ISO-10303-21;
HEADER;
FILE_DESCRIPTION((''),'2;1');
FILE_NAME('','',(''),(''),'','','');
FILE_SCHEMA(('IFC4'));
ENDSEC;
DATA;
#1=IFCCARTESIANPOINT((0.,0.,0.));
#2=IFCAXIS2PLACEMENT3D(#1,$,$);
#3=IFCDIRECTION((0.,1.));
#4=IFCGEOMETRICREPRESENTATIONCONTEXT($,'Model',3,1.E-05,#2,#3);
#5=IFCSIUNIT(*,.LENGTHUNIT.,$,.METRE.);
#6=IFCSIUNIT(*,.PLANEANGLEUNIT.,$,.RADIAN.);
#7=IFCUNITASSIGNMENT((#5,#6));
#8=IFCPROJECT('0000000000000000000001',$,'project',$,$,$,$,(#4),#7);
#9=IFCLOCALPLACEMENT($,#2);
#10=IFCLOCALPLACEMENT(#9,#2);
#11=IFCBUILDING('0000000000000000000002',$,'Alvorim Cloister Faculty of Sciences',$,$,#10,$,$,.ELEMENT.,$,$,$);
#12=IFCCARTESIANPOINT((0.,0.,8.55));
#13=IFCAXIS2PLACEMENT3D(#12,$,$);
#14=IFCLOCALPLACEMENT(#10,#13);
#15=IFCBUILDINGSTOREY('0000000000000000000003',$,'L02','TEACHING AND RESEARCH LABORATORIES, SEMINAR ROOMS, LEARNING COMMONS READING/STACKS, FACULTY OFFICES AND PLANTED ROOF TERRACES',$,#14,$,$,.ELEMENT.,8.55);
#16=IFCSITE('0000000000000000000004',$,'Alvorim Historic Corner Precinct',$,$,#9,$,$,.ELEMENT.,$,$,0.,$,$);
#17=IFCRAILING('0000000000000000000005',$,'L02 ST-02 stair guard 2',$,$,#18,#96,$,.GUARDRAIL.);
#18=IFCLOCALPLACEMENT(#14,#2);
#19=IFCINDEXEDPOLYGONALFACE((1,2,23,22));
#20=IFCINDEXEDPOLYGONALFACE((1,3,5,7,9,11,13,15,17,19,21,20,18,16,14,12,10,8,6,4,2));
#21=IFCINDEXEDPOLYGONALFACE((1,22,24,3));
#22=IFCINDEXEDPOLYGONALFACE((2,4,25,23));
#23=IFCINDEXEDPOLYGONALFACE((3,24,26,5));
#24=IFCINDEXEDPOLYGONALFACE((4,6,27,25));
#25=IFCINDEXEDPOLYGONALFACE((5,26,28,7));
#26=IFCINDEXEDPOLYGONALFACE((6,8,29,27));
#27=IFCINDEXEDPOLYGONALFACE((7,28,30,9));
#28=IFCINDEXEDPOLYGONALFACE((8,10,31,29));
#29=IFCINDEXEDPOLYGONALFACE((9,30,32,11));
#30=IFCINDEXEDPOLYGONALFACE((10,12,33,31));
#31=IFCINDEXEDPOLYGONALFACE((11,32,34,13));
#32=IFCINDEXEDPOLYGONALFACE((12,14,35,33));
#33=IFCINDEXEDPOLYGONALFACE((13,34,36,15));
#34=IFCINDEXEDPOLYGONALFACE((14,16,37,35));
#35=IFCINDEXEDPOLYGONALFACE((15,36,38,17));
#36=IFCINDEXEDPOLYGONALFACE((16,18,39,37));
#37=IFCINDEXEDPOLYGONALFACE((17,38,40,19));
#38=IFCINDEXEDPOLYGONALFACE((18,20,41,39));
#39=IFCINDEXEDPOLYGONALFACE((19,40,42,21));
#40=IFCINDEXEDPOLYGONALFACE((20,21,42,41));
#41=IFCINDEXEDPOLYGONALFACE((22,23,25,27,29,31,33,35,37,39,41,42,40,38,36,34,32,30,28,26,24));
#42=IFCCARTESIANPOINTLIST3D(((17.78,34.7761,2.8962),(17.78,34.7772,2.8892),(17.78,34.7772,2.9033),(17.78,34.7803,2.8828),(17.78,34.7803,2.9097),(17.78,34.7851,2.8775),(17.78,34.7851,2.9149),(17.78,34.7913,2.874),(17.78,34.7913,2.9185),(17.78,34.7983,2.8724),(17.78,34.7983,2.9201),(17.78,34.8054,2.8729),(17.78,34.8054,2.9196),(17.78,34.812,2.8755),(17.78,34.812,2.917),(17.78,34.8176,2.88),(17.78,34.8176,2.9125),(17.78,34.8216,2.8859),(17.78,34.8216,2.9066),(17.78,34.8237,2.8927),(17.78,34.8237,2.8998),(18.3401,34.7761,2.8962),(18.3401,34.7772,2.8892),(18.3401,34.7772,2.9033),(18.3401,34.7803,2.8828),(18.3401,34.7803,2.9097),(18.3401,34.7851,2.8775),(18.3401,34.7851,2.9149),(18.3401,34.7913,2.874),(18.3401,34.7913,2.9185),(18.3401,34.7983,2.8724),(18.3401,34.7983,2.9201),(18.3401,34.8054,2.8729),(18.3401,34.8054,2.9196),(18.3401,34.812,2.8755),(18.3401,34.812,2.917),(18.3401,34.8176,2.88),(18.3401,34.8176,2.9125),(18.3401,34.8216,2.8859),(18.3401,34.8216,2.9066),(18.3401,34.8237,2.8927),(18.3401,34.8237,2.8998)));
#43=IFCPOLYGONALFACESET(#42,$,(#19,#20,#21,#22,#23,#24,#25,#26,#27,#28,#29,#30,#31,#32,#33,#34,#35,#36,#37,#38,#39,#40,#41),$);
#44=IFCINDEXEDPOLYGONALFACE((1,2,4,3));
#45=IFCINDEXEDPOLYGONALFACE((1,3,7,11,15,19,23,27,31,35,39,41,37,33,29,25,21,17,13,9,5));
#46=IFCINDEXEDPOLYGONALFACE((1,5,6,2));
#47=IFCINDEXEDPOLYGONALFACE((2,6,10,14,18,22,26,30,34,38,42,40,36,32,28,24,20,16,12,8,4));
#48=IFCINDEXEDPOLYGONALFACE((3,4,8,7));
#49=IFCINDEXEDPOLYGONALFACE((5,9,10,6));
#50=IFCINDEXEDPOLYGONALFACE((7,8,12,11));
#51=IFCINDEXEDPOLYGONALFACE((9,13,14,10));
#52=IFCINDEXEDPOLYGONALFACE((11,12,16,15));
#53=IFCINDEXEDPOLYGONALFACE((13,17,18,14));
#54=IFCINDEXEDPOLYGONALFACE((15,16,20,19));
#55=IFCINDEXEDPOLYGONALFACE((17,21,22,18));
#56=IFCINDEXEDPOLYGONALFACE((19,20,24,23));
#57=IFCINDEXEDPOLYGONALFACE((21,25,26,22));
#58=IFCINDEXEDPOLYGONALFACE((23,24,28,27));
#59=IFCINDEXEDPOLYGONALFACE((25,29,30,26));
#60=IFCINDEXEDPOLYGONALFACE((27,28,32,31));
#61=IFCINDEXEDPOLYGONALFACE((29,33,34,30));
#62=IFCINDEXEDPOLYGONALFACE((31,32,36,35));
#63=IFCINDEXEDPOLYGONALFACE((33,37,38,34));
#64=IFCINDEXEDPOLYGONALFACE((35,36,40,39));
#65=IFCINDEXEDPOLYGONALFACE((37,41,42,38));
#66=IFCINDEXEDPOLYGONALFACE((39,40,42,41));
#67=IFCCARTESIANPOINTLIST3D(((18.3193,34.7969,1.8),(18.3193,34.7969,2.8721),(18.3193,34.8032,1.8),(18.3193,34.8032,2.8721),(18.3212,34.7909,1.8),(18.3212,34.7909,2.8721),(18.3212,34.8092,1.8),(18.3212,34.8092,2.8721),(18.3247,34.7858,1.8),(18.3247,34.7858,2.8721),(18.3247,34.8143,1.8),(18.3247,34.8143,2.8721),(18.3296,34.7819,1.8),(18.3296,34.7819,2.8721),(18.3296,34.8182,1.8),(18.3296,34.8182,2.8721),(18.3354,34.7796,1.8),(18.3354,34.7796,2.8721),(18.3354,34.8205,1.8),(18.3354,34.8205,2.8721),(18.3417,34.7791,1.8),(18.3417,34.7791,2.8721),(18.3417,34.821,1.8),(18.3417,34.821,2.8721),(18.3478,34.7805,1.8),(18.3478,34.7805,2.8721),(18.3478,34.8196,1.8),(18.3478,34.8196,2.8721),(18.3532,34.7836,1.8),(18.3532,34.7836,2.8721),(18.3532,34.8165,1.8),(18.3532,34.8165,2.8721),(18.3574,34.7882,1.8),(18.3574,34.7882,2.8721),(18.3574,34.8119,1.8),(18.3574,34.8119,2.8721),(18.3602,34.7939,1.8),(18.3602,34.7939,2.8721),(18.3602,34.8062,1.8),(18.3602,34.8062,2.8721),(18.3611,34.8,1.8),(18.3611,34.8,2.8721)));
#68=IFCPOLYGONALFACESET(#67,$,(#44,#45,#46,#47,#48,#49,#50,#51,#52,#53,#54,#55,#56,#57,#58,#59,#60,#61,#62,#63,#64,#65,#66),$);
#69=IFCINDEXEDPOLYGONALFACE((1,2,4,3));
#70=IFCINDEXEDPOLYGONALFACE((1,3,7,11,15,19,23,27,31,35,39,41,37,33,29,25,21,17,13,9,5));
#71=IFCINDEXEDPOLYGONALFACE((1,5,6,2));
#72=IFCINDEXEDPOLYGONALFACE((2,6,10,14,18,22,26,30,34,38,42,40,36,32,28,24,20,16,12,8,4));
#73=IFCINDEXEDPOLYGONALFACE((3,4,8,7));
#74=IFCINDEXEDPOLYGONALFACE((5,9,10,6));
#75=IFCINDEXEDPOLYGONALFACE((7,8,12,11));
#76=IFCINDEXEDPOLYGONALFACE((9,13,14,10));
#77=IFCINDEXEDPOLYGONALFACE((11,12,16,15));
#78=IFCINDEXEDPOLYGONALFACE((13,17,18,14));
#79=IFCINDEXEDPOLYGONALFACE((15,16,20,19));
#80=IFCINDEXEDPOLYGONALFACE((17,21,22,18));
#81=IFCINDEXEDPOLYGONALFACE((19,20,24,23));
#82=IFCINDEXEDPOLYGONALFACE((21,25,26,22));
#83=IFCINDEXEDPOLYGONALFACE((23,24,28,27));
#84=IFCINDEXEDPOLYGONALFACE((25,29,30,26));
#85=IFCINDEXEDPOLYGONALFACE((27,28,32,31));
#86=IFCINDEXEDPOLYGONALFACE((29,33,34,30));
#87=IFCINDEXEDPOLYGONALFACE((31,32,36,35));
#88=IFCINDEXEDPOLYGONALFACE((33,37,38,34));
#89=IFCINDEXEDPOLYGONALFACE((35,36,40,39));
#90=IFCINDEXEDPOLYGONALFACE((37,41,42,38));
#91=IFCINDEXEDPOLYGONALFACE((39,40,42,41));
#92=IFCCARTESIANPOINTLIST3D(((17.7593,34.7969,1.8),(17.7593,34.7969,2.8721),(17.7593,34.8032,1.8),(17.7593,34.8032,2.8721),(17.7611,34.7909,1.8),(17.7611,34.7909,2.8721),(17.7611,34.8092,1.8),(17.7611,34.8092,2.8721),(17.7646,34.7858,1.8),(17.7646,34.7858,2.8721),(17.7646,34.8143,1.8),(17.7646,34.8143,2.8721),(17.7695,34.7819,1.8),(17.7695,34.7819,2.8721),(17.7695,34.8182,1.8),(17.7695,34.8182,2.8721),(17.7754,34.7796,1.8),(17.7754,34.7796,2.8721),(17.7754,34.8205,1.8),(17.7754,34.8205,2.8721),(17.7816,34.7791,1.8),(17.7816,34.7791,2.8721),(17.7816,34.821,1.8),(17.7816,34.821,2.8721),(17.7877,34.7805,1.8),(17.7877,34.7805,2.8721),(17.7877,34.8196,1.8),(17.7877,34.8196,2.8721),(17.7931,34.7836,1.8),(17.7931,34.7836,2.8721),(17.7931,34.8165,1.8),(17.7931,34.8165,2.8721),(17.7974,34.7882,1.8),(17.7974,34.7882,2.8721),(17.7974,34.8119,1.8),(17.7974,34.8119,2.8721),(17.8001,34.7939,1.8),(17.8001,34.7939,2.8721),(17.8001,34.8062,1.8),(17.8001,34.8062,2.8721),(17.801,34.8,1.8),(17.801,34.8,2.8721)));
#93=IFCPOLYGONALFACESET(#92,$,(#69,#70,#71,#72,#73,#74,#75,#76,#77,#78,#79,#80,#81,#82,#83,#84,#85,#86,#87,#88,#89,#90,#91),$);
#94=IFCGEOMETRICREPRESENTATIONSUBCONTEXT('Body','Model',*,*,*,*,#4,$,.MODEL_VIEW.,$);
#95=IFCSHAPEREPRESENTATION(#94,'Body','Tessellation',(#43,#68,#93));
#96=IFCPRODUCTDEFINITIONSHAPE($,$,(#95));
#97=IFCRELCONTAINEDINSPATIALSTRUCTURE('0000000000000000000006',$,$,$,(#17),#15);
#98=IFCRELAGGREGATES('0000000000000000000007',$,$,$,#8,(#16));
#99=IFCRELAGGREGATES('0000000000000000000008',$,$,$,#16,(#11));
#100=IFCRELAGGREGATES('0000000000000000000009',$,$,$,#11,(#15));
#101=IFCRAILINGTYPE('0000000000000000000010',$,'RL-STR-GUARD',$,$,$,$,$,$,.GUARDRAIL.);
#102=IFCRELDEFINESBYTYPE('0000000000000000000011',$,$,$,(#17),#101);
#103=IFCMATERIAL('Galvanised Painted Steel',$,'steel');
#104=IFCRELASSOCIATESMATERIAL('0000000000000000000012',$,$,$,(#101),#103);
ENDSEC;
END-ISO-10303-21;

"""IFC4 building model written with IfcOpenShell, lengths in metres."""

from ifc_helpers import new_model, si_unit, direction, frame, origin, origin_2d, place, context, subcontext, project, spatial, circle, extrude, material, type_object, element, save


model = new_model("IFC4")

# Units and contexts
model_context = context("Model", 3, precision=1e-05, world=origin(), true_north=direction((0.0, 1.0)))
body_context = subcontext(model_context, "Body", "Model", "MODEL_VIEW")
ifc_project = project(units=[si_unit("LENGTHUNIT", "METRE"), si_unit("PLANEANGLEUNIT", "RADIAN")], contexts=[model_context])

# Site, building, storey
site_placement = place(None, origin())
site = spatial("IfcSite", under=ifc_project, at=site_placement, Name="Alvorim Historic Corner Precinct", CompositionType="ELEMENT", RefElevation=0.0)
building_placement = place(site_placement, origin())
building = spatial("IfcBuilding", under=site, at=building_placement, Name="Alvorim Cloister Faculty of Sciences", CompositionType="ELEMENT")
storey_placement = place(building_placement, frame((0.0, 0.0, 8.55)))
storey = spatial("IfcBuildingStorey", under=building, at=storey_placement, Name="L02", Description="TEACHING AND RESEARCH LABORATORIES, SEMINAR ROOMS, LEARNING COMMONS READING/STACKS, FACULTY OFFICES AND PLANTED ROOF TERRACES", CompositionType="ELEMENT", Elevation=8.55)

# Railing
ifc_material_1 = material(Name="Galvanised Painted Steel", Category="steel")
railing_type_1 = type_object("IfcRailingType", Name="RL-STR-GUARD", PredefinedType="GUARDRAIL", material=ifc_material_1)
railing_1_placement = place(storey_placement, frame((18.3401, 34.8, 1.8)))
element("IfcRailing", 1, at=railing_1_placement, inside=storey, type_object=railing_type_1, Name="L02 ST-02 stair guard 2", PredefinedType="GUARDRAIL", context=body_context, shape_type="SweptSolid", body=[
    extrude(circle(Radius=0.0239, at=origin_2d()), frame((0.0, 0.0, 1.0962), z_axis=(-1.0, 0.0, 0.0), x_axis=(0.0, -1.0, 0.0)), (0.0, 0.0, 1.0), 0.5601),
    extrude(circle(Radius=0.021, at=origin_2d()), origin(), (0.0, 0.0, 1.0), 1.072),
    extrude(circle(Radius=0.021, at=origin_2d()), frame((-0.5601, 0.0, 0.0)), (0.0, 0.0, 1.0), 1.072),
])

save(model, "model.ifc")
